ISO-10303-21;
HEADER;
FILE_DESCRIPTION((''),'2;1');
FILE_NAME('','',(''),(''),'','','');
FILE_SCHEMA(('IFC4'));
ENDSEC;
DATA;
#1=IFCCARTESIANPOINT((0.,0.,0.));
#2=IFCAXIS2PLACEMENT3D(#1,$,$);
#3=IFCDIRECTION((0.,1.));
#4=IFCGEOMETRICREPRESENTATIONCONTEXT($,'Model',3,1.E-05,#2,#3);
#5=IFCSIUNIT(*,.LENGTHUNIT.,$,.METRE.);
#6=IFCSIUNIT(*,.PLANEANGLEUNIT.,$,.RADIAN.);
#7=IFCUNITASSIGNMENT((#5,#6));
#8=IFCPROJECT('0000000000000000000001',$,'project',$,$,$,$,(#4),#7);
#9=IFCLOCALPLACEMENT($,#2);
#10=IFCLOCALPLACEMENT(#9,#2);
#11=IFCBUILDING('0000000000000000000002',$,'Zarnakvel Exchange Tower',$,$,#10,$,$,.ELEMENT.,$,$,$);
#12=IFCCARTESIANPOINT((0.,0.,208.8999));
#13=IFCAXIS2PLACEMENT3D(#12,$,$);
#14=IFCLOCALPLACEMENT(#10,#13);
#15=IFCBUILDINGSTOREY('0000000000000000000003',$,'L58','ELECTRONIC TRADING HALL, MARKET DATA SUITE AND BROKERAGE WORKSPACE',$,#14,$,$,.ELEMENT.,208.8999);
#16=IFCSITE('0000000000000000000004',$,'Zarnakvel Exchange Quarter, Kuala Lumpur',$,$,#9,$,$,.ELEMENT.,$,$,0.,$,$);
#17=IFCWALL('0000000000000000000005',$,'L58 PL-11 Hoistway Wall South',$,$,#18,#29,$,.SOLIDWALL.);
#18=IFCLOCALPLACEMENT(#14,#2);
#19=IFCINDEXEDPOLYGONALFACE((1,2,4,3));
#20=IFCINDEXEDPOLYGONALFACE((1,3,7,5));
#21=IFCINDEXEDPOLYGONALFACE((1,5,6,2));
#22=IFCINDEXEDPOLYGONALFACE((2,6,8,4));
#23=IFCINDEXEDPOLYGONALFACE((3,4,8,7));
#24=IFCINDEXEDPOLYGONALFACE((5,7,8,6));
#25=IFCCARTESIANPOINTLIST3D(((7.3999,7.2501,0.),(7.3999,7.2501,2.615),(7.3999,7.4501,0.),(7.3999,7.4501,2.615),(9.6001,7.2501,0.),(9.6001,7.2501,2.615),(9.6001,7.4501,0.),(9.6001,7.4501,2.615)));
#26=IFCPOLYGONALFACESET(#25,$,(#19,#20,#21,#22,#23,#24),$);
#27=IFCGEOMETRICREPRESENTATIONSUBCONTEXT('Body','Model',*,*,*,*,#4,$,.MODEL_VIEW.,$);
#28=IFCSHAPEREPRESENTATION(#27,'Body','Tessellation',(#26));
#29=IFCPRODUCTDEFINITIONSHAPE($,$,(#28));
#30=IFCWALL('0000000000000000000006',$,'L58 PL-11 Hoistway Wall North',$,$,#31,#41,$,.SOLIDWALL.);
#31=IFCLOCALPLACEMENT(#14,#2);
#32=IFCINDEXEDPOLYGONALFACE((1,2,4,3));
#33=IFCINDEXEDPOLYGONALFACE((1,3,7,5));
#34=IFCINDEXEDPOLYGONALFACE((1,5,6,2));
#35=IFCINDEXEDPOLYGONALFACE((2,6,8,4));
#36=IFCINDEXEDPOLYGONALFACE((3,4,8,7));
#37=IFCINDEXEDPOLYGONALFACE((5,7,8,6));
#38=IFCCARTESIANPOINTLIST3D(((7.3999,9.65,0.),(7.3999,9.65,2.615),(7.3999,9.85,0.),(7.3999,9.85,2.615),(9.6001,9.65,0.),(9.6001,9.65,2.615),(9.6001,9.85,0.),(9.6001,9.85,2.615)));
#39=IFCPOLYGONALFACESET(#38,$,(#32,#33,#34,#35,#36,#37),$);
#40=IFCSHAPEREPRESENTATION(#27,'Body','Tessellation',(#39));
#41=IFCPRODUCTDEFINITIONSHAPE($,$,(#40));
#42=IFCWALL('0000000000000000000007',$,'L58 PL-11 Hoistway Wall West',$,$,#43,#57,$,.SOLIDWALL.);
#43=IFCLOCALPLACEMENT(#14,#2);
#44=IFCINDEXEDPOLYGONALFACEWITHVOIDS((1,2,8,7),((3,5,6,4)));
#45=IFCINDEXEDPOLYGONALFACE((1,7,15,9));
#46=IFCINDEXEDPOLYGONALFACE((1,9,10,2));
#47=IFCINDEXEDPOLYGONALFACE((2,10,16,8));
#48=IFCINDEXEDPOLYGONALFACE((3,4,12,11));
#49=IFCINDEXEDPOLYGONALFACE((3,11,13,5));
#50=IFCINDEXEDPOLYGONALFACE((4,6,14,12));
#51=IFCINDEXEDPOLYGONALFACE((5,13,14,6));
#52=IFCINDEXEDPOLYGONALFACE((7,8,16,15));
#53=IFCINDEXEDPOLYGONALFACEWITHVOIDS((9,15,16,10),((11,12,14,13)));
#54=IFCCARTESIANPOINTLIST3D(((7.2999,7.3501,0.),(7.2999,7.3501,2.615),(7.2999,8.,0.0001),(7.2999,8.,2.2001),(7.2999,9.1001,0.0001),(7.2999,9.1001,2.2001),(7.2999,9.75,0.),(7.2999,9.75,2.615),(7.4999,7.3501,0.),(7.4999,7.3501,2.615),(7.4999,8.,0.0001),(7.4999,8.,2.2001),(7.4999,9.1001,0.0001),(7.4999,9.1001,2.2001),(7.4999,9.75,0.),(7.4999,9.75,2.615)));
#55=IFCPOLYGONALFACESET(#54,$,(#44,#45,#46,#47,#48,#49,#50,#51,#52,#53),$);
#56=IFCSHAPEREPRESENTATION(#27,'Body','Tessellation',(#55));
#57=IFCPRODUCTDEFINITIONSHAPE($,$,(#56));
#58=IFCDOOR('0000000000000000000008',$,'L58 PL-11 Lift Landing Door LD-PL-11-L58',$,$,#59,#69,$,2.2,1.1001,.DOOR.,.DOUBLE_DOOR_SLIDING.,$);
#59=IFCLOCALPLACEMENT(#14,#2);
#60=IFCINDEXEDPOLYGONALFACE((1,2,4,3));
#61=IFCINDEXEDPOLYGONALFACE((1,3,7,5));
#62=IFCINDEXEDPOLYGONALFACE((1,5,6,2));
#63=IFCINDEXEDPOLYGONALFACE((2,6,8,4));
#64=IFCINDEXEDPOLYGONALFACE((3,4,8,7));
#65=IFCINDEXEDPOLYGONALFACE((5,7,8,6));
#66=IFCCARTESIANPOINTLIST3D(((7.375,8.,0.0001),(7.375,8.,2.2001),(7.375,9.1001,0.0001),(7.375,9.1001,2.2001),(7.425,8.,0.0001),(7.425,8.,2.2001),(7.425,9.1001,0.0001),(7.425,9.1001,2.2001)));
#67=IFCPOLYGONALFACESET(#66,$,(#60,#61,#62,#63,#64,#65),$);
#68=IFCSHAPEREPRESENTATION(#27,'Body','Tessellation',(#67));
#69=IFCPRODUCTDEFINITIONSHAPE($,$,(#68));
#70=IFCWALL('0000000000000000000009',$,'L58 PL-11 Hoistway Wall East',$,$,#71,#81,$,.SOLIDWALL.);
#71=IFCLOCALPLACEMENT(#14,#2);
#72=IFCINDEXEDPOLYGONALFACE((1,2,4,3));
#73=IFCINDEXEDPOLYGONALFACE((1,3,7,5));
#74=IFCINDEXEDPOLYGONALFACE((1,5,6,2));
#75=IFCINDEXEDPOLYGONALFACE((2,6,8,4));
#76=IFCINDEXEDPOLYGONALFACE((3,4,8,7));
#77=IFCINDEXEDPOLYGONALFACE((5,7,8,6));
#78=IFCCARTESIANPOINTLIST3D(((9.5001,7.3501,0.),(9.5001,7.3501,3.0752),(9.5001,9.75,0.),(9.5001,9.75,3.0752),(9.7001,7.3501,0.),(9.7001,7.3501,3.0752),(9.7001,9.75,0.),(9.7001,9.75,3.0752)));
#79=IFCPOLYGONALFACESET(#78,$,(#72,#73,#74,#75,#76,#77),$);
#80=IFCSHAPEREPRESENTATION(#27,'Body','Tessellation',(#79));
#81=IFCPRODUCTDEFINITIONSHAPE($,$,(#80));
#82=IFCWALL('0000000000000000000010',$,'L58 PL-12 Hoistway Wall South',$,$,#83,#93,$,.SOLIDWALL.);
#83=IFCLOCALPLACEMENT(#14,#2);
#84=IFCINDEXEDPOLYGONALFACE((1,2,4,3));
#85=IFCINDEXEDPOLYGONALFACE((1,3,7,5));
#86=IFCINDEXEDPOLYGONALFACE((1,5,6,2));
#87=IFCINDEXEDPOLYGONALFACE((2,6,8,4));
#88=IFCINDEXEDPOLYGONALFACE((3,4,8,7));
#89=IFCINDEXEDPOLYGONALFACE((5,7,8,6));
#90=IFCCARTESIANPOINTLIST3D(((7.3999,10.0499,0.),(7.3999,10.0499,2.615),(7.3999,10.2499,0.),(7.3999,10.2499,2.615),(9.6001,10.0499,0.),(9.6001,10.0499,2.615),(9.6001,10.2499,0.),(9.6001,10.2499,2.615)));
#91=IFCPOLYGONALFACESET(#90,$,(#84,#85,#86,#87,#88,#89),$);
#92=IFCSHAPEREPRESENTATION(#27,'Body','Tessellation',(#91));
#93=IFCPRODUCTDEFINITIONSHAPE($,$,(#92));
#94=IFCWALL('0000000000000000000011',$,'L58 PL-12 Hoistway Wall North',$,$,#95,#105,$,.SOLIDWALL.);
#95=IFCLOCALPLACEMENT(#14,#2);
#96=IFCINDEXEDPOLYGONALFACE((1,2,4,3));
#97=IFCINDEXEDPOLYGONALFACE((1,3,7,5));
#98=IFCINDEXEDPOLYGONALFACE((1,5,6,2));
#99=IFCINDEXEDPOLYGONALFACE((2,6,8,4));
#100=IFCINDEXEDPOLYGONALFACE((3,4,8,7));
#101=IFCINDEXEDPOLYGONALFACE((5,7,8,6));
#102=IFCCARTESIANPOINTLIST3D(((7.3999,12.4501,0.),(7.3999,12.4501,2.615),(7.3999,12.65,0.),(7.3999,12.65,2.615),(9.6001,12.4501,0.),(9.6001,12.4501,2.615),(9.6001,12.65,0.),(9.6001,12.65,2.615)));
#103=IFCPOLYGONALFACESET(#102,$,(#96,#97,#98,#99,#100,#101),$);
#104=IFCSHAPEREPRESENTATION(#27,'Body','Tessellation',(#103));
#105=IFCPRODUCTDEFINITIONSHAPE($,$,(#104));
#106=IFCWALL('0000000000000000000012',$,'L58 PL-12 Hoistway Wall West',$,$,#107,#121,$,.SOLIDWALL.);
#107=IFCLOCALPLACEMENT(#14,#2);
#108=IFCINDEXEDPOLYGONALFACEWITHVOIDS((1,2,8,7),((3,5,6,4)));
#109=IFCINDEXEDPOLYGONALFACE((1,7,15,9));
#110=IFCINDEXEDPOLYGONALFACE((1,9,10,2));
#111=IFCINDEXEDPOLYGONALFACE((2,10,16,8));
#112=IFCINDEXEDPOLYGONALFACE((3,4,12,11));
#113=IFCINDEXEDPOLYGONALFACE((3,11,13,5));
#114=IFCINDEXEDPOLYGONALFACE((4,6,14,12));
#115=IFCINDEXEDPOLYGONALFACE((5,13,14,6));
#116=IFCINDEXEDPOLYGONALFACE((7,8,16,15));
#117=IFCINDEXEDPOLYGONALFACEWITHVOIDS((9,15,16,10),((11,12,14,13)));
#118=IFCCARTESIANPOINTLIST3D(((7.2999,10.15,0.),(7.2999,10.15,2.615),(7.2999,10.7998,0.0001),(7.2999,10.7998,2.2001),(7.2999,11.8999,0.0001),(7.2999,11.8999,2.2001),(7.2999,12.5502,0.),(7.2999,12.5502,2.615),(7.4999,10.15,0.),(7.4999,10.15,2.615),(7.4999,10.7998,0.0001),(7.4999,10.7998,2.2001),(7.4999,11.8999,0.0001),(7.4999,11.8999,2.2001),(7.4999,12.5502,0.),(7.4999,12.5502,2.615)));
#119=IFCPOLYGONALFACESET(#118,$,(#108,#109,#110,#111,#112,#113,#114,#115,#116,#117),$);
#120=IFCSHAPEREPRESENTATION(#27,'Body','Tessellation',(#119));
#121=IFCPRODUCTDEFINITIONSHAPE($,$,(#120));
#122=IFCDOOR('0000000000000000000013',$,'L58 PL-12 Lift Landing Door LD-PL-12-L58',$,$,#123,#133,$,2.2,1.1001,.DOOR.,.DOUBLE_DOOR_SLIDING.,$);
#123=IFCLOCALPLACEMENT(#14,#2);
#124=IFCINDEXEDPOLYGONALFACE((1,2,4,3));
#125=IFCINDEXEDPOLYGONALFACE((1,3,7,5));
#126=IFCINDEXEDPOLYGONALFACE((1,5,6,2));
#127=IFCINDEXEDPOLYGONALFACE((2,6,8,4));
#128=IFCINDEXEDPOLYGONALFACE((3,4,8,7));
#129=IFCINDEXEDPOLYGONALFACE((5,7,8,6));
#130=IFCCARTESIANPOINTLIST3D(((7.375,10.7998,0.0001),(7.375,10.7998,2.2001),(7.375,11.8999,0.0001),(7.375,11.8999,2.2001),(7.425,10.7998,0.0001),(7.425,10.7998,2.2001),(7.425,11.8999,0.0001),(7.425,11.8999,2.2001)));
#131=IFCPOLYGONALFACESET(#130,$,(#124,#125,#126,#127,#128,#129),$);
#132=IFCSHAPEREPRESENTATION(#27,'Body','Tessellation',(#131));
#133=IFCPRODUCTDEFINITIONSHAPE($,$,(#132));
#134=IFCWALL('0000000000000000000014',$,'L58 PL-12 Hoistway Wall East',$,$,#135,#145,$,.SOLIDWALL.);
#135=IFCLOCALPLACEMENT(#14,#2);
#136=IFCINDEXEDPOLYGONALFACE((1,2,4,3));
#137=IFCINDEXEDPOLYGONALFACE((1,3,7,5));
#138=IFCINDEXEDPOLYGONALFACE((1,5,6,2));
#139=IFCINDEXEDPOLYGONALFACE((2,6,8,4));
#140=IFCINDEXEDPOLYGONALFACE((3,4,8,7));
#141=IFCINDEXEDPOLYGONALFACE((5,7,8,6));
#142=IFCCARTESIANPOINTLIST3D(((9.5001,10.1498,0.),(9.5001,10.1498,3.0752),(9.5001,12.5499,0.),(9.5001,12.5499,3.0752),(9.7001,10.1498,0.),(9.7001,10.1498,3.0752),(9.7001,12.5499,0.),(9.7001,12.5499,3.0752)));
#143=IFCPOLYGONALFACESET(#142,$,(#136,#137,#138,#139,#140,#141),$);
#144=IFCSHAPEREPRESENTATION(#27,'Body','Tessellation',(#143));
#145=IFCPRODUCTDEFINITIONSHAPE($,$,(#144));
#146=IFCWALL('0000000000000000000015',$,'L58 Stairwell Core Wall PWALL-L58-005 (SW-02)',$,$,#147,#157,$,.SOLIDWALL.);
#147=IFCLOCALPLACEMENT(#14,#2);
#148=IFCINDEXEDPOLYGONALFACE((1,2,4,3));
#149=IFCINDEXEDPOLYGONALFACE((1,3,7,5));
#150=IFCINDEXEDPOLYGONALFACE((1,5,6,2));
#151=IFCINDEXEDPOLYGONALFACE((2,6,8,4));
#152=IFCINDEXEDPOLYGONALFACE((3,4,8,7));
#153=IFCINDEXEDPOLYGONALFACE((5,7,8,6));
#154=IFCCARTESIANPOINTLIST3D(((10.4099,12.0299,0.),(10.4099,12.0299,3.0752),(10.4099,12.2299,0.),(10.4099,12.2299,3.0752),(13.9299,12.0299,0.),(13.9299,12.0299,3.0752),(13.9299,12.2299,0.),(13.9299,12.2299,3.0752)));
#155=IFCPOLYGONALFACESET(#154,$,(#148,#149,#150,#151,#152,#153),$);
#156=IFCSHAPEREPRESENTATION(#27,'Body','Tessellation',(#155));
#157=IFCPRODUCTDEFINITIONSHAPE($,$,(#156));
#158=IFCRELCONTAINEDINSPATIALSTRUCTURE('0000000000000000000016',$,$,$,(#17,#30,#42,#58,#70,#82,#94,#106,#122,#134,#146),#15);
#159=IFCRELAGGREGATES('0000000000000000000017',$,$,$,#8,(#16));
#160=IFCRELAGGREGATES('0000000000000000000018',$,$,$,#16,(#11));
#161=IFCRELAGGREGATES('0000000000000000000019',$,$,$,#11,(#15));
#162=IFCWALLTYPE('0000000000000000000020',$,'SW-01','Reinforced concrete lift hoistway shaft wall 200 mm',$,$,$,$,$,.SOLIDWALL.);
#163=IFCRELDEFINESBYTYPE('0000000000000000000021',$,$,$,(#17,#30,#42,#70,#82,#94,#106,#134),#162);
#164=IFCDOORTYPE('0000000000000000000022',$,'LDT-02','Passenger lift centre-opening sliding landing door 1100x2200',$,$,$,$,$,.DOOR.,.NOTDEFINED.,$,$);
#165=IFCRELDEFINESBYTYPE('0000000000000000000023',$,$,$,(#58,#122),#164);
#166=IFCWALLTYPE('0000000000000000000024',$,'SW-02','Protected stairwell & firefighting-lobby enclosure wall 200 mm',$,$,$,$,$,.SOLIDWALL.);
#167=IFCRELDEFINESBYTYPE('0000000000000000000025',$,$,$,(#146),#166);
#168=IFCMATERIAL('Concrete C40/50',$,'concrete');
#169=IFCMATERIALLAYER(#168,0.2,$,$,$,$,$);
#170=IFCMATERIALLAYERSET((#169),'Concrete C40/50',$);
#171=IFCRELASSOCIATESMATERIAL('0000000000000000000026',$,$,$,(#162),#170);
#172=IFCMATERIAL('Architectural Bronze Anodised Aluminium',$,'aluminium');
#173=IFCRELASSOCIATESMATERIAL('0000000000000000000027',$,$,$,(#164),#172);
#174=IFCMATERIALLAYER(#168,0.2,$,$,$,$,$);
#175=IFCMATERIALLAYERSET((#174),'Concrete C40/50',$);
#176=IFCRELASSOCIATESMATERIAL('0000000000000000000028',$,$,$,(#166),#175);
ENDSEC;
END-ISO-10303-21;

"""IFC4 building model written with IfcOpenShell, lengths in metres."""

from ifc_helpers import new_model, si_unit, direction, frame, frame_2d, origin, place, context, subcontext, project, spatial, rectangle, extrude, source, transform, mapped, material, layer, layer_set, type_object, element, fill, save


model = new_model("IFC4")

# Units and contexts
model_context = context("Model", 3, precision=1e-05, world=origin(), true_north=direction((0.0, 1.0)))
body_context = subcontext(model_context, "Body", "Model", "MODEL_VIEW")
ifc_project = project(units=[si_unit("LENGTHUNIT", "METRE"), si_unit("PLANEANGLEUNIT", "RADIAN")], contexts=[model_context])

# Site, building, storey
site_placement = place(None, origin())
site = spatial("IfcSite", under=ifc_project, at=site_placement, Name="Zarnakvel Exchange Quarter, Kuala Lumpur", CompositionType="ELEMENT", RefElevation=0.0)
building_placement = place(site_placement, origin())
building = spatial("IfcBuilding", under=site, at=building_placement, Name="Zarnakvel Exchange Tower", CompositionType="ELEMENT")
storey_placement = place(building_placement, frame((0.0, 0.0, 208.8999)))
storey = spatial("IfcBuildingStorey", under=building, at=storey_placement, Name="L58", Description="ELECTRONIC TRADING HALL, MARKET DATA SUITE AND BROKERAGE WORKSPACE", CompositionType="ELEMENT", Elevation=208.8999)

# Walls
ifc_material_1 = material(Name="Concrete C40/50", Category="concrete")
ifc_layer_1 = layer(ifc_material_1, 0.2)
ifc_layer_set_1 = layer_set([ifc_layer_1], Name="Concrete C40/50")
wall_type_1 = type_object("IfcWallType", Name="SW-01", Description="Reinforced concrete lift hoistway shaft wall 200 mm", PredefinedType="SOLIDWALL", material=ifc_layer_set_1)
for number, where, z_axis, x_axis, name in (
    (1, (9.6001, 7.3501, 0.0), (0.0, 0.0, 1.0), (-1.0, 0.0, 0.0), "L58 PL-11 Hoistway Wall South"),
    (2, (7.3999, 9.75, 0.0), (0.0, 0.0, 1.0), (1.0, 0.0, 0.0), "L58 PL-11 Hoistway Wall North"),
):
    element("IfcWall", number, at=place(storey_placement, frame(where, z_axis=z_axis, x_axis=x_axis)), inside=storey, type_object=wall_type_1, Name=name, PredefinedType="SOLIDWALL", context=body_context, shape_type="SweptSolid", body=[
        extrude(rectangle(XDim=2.2002, YDim=0.2, at=frame_2d((1.1001, 0.0))), origin(), (0.0, 0.0, 1.0), 2.615),
    ])

# Wall, opening, door
wall_1_placement = place(storey_placement, frame((7.3999, 7.3501, 0.0), z_axis=(0.0, 0.0, 1.0), x_axis=(0.0, 1.0, 0.0)))
wall_1 = element("IfcWall", 3, at=wall_1_placement, inside=storey, type_object=wall_type_1, Name="L58 PL-11 Hoistway Wall West", PredefinedType="SOLIDWALL", context=body_context, shape_type="SweptSolid", body=[
    extrude(rectangle(XDim=2.3999, YDim=0.2, at=frame_2d((1.2, 0.0))), origin(), (0.0, 0.0, 1.0), 2.615),
])
opening_1_placement = place(wall_1_placement, frame((0.6499, 0.0, 0.0)))
opening_1 = element("IfcOpeningElement", 4, at=opening_1_placement, cuts=wall_1, PredefinedType="OPENING", context=body_context, shape_type="SweptSolid", body=[
    extrude(rectangle(XDim=1.1001, YDim=2.2, at=frame_2d((0.55, 1.1001))), frame((0.0, 0.1099, 0.0), z_axis=(0.0, -1.0, 0.0), x_axis=(1.0, 0.0, 0.0)), (0.0, 0.0, 1.0), 0.22),
])
ifc_material_2 = material(Name="Architectural Bronze Anodised Aluminium", Category="aluminium")
door_type_1 = type_object("IfcDoorType", Name="LDT-02", Description="Passenger lift centre-opening sliding landing door 1100x2200", OperationType="NOTDEFINED", PredefinedType="DOOR", material=ifc_material_2)
shared_shape_1 = source(origin(), body_context, "Body", "SweptSolid", [
    extrude(rectangle(XDim=1.1001, YDim=2.2, at=frame_2d((0.55, 1.1001))), frame((0.0, 0.0249, 0.0), z_axis=(0.0, -1.0, 0.0), x_axis=(1.0, 0.0, 0.0)), (0.0, 0.0, 1.0), 0.05),
])
door_1_placement = place(opening_1_placement, origin())
door_1 = element("IfcDoor", 5, at=door_1_placement, inside=storey, type_object=door_type_1, Name="L58 PL-11 Lift Landing Door LD-PL-11-L58", OperationType="DOUBLE_DOOR_SLIDING", OverallHeight=2.2, OverallWidth=1.1001, PredefinedType="DOOR", context=body_context, shape_type="MappedRepresentation", body=[
    mapped(shared_shape_1, transform((0.0, 0.0, 0.0), x_axis=(1.0, 0.0, 0.0), y_axis=(0.0, 1.0, 0.0), z_axis=(0.0, 0.0, 1.0), scale=1.0)),
])
fill(opening_1, door_1)

# Walls
wall_2_placement = place(storey_placement, frame((9.6001, 9.75, 0.0), z_axis=(0.0, 0.0, 1.0), x_axis=(0.0, -1.0, 0.0)))
element("IfcWall", 6, at=wall_2_placement, inside=storey, type_object=wall_type_1, Name="L58 PL-11 Hoistway Wall East", PredefinedType="SOLIDWALL", context=body_context, shape_type="SweptSolid", body=[
    extrude(rectangle(XDim=2.3999, YDim=0.2, at=frame_2d((1.2, 0.0))), origin(), (0.0, 0.0, 1.0), 3.0752),
])
for number, where, z_axis, x_axis, name in (
    (7, (9.6001, 10.1499, 0.0), (0.0, 0.0, 1.0), (-1.0, 0.0, 0.0), "L58 PL-12 Hoistway Wall South"),
    (8, (7.3999, 12.55, 0.0), (0.0, 0.0, 1.0), (1.0, 0.0, 0.0), "L58 PL-12 Hoistway Wall North"),
):
    element("IfcWall", number, at=place(storey_placement, frame(where, z_axis=z_axis, x_axis=x_axis)), inside=storey, type_object=wall_type_1, Name=name, PredefinedType="SOLIDWALL", context=body_context, shape_type="SweptSolid", body=[
        extrude(rectangle(XDim=2.2002, YDim=0.2, at=frame_2d((1.1001, 0.0))), origin(), (0.0, 0.0, 1.0), 2.615),
    ])

# Wall, opening, door
wall_3_placement = place(storey_placement, frame((7.3999, 10.1499, 0.0), z_axis=(0.0, 0.0, 1.0), x_axis=(0.0, 1.0, 0.0)))
wall_3 = element("IfcWall", 9, at=wall_3_placement, inside=storey, type_object=wall_type_1, Name="L58 PL-12 Hoistway Wall West", PredefinedType="SOLIDWALL", context=body_context, shape_type="SweptSolid", body=[
    extrude(rectangle(XDim=2.4001, YDim=0.2, at=frame_2d((1.2002, 0.0))), origin(), (0.0, 0.0, 1.0), 2.615),
])
opening_2_placement = place(wall_3_placement, frame((0.6499, 0.0, 0.0)))
opening_2 = element("IfcOpeningElement", 10, at=opening_2_placement, cuts=wall_3, PredefinedType="OPENING", context=body_context, shape_type="SweptSolid", body=[
    extrude(rectangle(XDim=1.1001, YDim=2.2, at=frame_2d((0.55, 1.1001))), frame((0.0, 0.1099, 0.0), z_axis=(0.0, -1.0, 0.0), x_axis=(1.0, 0.0, 0.0)), (0.0, 0.0, 1.0), 0.22),
])
door_2_placement = place(opening_2_placement, origin())
door_2 = element("IfcDoor", 11, at=door_2_placement, inside=storey, type_object=door_type_1, Name="L58 PL-12 Lift Landing Door LD-PL-12-L58", OperationType="DOUBLE_DOOR_SLIDING", OverallHeight=2.2, OverallWidth=1.1001, PredefinedType="DOOR", context=body_context, shape_type="MappedRepresentation", body=[
    mapped(shared_shape_1, transform((0.0, 0.0, 0.0), x_axis=(1.0, 0.0, 0.0), y_axis=(0.0, 1.0, 0.0), z_axis=(0.0, 0.0, 1.0), scale=1.0)),
])
fill(opening_2, door_2)

# Walls
wall_4_placement = place(storey_placement, frame((9.6001, 12.55, 0.0), z_axis=(0.0, 0.0, 1.0), x_axis=(0.0, -1.0, 0.0)))
element("IfcWall", 12, at=wall_4_placement, inside=storey, type_object=wall_type_1, Name="L58 PL-12 Hoistway Wall East", PredefinedType="SOLIDWALL", context=body_context, shape_type="SweptSolid", body=[
    extrude(rectangle(XDim=2.4001, YDim=0.2, at=frame_2d((1.2002, 0.0))), origin(), (0.0, 0.0, 1.0), 3.0752),
])
ifc_layer_2 = layer(ifc_material_1, 0.2)
ifc_layer_set_2 = layer_set([ifc_layer_2], Name="Concrete C40/50")
wall_type_2 = type_object("IfcWallType", Name="SW-02", Description="Protected stairwell & firefighting-lobby enclosure wall 200 mm", PredefinedType="SOLIDWALL", material=ifc_layer_set_2)
wall_5_placement = place(storey_placement, frame((10.4099, 12.1299, 0.0), z_axis=(0.0, 0.0, 1.0), x_axis=(1.0, 0.0, 0.0)))
element("IfcWall", 13, at=wall_5_placement, inside=storey, type_object=wall_type_2, Name="L58 Stairwell Core Wall PWALL-L58-005 (SW-02)", PredefinedType="SOLIDWALL", context=body_context, shape_type="SweptSolid", body=[
    extrude(rectangle(XDim=3.52, YDim=0.2, at=frame_2d((1.76, 0.0))), origin(), (0.0, 0.0, 1.0), 3.0752),
])

save(model, "model.ifc")
